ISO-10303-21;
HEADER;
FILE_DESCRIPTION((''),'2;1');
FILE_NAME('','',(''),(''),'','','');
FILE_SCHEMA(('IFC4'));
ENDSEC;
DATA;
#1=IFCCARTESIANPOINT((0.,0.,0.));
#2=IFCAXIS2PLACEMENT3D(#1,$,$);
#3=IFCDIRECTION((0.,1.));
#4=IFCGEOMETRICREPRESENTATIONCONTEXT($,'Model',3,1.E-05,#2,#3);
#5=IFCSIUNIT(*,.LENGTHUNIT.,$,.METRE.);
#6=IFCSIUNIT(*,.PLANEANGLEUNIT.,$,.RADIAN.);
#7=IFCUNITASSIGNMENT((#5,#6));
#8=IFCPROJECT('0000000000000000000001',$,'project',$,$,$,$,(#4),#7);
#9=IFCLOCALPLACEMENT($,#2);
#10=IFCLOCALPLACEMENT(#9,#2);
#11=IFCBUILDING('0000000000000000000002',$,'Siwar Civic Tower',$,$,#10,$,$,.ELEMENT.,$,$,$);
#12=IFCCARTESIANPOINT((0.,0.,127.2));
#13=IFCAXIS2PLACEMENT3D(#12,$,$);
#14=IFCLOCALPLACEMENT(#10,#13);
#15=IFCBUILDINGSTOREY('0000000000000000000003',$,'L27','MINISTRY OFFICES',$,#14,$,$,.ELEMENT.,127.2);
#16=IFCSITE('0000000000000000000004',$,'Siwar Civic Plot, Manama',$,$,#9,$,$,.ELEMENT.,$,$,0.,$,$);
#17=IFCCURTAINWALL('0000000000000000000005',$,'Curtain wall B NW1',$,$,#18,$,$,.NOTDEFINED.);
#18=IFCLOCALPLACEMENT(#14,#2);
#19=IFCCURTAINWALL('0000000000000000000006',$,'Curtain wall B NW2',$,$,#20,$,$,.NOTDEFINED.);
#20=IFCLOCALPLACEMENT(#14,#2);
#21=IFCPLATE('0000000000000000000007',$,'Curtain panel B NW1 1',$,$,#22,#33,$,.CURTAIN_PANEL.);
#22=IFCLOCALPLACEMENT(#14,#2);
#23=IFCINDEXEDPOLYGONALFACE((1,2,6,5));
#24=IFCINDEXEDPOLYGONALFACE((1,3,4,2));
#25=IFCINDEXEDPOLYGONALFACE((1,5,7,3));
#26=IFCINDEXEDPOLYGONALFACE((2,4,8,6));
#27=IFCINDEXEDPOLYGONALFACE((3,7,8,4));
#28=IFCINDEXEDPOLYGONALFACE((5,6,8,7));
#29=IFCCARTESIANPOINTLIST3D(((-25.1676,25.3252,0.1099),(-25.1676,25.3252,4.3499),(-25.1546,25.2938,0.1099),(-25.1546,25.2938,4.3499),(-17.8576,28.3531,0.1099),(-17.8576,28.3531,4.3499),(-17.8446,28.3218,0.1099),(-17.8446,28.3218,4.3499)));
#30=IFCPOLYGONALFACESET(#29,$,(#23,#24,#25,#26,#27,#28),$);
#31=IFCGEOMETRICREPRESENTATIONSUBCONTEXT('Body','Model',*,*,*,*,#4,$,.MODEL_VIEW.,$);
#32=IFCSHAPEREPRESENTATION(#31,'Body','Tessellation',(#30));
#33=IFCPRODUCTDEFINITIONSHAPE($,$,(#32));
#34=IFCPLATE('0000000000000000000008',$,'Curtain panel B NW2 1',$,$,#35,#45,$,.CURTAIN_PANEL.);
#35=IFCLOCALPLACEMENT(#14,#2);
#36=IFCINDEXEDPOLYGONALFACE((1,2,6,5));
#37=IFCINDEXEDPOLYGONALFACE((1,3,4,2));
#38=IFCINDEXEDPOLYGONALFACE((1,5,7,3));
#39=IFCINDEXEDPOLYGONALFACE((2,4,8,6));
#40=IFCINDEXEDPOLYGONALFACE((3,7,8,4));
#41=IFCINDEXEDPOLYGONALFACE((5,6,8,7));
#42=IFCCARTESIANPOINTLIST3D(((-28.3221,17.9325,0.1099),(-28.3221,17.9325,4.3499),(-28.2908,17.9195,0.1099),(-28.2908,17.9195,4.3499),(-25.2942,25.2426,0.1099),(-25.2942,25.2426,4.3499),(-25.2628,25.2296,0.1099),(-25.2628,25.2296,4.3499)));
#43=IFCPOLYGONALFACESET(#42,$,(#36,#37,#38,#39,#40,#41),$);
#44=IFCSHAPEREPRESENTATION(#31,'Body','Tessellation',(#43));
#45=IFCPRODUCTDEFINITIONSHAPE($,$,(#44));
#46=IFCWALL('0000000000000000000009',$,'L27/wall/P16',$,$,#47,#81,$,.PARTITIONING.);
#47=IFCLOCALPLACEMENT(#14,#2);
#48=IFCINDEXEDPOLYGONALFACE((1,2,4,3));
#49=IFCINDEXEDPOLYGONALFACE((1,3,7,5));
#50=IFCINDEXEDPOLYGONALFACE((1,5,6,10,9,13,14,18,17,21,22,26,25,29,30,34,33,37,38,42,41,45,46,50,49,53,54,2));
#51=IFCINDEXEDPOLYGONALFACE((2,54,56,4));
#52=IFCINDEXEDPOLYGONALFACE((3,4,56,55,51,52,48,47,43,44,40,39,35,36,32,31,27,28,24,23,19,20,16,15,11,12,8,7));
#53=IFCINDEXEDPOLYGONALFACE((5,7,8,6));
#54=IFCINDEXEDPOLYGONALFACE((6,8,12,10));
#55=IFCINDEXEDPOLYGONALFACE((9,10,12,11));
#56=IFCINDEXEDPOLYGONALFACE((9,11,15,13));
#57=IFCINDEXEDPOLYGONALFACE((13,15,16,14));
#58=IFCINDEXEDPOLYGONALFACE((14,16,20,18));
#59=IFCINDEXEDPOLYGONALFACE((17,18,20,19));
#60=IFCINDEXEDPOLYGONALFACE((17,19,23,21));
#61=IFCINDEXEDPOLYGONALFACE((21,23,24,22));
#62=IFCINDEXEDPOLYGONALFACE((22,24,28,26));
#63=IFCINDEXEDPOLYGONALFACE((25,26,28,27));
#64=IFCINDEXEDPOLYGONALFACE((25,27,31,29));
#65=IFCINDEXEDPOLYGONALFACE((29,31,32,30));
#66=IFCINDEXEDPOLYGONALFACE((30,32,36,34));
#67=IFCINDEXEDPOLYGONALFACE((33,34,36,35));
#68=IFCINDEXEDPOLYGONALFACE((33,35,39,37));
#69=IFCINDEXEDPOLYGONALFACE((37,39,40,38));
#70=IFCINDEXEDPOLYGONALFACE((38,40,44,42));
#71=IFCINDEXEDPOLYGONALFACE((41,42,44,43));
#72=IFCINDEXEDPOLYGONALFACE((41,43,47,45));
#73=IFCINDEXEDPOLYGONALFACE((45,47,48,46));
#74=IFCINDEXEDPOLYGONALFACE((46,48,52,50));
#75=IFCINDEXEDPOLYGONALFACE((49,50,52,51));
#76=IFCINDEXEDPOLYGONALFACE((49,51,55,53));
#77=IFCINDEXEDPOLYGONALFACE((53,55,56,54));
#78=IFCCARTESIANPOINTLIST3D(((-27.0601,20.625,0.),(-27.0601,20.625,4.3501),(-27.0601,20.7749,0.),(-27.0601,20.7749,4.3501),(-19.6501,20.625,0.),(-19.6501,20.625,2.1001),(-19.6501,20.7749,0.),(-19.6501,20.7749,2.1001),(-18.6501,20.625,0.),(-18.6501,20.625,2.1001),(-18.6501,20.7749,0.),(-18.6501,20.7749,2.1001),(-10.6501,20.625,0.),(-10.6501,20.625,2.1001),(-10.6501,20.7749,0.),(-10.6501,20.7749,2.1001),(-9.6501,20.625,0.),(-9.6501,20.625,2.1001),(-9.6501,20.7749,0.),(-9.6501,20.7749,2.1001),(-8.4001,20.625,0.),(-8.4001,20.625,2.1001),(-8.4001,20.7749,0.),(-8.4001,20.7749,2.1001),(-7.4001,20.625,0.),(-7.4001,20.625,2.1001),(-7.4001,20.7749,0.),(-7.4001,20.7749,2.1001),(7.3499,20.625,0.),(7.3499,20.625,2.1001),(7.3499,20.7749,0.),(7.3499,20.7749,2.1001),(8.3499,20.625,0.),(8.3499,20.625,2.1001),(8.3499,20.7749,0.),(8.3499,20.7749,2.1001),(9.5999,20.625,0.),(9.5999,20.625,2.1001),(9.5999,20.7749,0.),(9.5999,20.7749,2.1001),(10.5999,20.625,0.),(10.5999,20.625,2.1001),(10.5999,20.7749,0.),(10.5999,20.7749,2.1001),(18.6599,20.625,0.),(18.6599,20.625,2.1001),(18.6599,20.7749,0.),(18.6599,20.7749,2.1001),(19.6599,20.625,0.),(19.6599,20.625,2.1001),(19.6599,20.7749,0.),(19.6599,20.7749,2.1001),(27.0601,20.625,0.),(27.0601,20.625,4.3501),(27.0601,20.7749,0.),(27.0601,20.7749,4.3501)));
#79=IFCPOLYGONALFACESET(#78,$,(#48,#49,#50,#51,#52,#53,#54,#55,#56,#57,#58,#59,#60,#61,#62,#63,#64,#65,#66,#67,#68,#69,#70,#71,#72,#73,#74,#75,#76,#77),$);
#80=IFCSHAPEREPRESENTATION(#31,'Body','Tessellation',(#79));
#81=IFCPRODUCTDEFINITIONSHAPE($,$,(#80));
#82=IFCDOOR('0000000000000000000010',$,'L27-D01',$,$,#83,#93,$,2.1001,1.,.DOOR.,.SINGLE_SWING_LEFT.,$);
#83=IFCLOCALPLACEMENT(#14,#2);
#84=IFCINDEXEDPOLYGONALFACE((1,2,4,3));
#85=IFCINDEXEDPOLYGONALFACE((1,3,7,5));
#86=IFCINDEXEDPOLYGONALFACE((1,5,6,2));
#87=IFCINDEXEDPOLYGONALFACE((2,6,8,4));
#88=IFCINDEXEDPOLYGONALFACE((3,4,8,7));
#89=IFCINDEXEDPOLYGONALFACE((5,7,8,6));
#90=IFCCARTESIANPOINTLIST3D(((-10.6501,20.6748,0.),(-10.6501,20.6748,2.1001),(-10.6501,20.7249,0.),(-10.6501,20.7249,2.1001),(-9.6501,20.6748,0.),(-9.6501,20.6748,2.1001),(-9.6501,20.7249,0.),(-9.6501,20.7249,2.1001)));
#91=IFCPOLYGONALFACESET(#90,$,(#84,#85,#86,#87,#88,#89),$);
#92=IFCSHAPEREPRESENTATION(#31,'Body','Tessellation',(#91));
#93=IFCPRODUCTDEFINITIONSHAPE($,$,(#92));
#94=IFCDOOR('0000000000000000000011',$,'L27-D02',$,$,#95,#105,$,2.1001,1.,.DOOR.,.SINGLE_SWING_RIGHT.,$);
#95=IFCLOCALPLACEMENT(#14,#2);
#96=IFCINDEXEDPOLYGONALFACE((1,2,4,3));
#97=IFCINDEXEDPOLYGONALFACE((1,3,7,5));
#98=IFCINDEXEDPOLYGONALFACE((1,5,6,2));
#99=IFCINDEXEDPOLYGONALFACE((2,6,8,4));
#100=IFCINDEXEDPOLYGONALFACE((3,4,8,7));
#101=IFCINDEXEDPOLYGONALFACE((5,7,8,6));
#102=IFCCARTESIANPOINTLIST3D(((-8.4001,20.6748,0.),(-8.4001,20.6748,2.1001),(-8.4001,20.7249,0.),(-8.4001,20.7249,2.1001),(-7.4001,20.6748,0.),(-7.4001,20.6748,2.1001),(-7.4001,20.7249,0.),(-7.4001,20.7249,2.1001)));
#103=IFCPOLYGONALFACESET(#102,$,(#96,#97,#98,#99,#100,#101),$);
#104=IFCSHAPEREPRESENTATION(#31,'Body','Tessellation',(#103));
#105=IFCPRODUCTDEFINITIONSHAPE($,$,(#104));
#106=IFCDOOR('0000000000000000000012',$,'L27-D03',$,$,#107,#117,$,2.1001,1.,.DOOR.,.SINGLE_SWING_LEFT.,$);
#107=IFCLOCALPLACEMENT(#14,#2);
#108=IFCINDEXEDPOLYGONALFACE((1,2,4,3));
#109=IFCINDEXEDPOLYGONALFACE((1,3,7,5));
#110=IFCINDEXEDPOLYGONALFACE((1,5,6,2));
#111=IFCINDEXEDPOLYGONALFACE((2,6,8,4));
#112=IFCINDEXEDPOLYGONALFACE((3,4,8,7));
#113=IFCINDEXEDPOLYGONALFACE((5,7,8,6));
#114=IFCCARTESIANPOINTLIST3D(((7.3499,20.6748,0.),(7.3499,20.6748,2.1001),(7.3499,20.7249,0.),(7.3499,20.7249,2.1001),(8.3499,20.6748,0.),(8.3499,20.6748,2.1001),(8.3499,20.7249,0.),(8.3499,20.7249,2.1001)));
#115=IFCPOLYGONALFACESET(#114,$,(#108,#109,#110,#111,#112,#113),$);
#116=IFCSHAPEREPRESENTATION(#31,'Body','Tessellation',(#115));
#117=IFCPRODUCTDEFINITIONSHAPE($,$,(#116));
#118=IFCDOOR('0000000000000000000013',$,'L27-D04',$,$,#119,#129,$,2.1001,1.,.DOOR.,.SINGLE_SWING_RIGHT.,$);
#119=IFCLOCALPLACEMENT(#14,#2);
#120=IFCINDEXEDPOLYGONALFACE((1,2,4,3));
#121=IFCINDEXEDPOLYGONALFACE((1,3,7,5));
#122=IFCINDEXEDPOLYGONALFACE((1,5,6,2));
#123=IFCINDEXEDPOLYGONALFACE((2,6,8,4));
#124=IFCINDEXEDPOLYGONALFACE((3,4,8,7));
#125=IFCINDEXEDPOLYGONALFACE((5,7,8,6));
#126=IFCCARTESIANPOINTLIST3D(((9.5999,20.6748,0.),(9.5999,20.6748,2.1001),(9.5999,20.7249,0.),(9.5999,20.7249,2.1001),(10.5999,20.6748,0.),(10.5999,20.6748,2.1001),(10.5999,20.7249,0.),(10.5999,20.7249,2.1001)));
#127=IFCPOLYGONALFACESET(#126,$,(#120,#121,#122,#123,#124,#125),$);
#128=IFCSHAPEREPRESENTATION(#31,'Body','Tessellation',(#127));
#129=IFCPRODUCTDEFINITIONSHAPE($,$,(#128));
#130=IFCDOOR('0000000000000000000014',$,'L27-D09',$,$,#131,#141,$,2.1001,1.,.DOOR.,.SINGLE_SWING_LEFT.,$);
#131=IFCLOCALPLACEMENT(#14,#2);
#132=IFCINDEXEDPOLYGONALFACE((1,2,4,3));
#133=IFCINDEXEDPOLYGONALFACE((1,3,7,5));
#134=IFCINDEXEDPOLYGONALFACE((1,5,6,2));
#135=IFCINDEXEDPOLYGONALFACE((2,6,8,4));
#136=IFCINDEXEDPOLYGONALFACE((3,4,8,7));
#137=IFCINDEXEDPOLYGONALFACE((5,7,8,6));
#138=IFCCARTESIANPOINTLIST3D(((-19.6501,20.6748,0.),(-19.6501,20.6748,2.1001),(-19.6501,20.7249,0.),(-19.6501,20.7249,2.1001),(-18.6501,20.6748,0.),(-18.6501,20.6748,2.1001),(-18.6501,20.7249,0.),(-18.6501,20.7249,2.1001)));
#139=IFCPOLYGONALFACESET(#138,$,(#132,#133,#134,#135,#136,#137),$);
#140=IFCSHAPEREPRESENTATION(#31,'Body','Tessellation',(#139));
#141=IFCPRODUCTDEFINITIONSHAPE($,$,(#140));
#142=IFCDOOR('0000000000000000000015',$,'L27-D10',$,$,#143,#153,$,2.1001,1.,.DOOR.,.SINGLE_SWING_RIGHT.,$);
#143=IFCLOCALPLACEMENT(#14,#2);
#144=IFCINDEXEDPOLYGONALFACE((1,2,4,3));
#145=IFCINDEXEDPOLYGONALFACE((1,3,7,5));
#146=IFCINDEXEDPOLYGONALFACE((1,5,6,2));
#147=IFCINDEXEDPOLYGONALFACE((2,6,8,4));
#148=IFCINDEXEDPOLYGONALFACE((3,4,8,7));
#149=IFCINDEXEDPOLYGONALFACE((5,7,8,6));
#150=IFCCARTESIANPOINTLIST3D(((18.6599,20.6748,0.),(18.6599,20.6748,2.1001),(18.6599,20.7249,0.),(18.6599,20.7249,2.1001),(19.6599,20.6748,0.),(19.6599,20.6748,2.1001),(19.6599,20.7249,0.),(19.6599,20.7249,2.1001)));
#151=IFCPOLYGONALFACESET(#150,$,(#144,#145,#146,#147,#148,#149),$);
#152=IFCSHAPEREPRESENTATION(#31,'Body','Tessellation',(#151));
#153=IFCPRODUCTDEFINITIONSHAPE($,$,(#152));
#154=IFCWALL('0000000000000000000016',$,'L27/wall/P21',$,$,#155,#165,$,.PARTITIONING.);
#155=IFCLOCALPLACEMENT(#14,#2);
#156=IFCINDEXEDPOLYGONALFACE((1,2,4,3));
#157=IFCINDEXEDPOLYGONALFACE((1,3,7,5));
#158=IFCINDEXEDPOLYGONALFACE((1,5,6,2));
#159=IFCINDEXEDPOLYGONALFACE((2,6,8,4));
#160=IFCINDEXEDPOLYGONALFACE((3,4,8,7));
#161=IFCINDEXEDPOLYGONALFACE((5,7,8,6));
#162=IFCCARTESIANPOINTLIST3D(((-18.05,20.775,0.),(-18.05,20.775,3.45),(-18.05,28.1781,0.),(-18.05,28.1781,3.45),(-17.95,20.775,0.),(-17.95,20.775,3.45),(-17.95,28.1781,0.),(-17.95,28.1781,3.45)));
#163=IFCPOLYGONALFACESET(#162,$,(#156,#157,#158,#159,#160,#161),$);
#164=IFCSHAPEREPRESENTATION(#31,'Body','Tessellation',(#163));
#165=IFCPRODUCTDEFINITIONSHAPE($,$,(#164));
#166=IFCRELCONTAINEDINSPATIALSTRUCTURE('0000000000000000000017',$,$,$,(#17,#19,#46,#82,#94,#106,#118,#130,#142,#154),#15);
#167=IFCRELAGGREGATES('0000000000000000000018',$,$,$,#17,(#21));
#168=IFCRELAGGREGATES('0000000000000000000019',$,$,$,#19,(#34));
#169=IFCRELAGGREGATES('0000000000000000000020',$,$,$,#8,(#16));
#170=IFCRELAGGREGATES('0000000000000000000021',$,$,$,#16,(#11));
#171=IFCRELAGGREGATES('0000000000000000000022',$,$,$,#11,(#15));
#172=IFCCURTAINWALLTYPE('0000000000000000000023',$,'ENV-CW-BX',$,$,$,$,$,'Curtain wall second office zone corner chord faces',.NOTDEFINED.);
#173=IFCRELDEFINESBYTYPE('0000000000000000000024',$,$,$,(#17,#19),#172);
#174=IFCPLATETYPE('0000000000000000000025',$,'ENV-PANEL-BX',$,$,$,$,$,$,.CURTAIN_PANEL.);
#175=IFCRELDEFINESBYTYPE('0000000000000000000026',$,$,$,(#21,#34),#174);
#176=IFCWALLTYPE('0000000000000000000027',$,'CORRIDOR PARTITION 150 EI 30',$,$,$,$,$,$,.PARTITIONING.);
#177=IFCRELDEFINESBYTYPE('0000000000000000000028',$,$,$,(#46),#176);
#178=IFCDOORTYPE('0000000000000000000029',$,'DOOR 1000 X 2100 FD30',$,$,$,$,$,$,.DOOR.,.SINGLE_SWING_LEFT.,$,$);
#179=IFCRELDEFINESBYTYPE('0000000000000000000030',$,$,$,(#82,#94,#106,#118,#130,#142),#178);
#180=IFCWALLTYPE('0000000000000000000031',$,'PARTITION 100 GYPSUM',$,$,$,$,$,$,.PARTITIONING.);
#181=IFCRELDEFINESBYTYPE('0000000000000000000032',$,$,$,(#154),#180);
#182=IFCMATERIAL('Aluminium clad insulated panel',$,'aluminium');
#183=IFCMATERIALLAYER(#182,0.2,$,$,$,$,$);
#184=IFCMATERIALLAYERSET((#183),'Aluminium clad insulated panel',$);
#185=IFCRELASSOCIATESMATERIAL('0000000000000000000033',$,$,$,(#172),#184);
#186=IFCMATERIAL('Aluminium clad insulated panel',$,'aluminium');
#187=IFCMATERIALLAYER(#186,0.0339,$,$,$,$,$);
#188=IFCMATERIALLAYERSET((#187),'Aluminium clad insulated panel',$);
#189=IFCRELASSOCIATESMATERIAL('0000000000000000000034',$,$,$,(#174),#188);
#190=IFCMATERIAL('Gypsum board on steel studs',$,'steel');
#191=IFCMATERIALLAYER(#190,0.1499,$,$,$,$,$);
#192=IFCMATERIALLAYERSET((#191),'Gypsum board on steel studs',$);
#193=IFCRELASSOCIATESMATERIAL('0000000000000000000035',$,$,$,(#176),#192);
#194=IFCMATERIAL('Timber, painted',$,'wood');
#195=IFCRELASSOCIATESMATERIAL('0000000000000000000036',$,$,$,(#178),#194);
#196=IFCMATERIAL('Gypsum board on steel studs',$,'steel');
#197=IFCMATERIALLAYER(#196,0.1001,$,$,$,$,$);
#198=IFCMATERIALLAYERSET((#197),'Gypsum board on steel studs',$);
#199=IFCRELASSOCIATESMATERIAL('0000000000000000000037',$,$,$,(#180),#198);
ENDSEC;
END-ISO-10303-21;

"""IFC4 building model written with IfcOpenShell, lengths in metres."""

from ifc_helpers import new_model, si_unit, direction, frame, frame_2d, origin, origin_2d, place, context, subcontext, project, spatial, rectangle, extrude, material, layer, layer_set, type_object, element, fill, aggregate, save


model = new_model("IFC4")

# Units and contexts
model_context = context("Model", 3, precision=1e-05, world=origin(), true_north=direction((0.0, 1.0)))
body_context = subcontext(model_context, "Body", "Model", "MODEL_VIEW")
ifc_project = project(units=[si_unit("LENGTHUNIT", "METRE"), si_unit("PLANEANGLEUNIT", "RADIAN")], contexts=[model_context])

# Site, building, storey
site_placement = place(None, origin())
site = spatial("IfcSite", under=ifc_project, at=site_placement, Name="Siwar Civic Plot, Manama", CompositionType="ELEMENT", RefElevation=0.0)
building_placement = place(site_placement, origin())
building = spatial("IfcBuilding", under=site, at=building_placement, Name="Siwar Civic Tower", CompositionType="ELEMENT")
storey_placement = place(building_placement, frame((0.0, 0.0, 127.2)))
storey = spatial("IfcBuildingStorey", under=building, at=storey_placement, Name="L27", Description="MINISTRY OFFICES", CompositionType="ELEMENT", Elevation=127.2)

# Curtain walls
ifc_material_1 = material(Name="Aluminium clad insulated panel", Category="aluminium")
ifc_layer_1 = layer(ifc_material_1, 0.2)
ifc_layer_set_1 = layer_set([ifc_layer_1], Name="Aluminium clad insulated panel")
curtain_wall_type = type_object("IfcCurtainWallType", Name="ENV-CW-BX", ElementType="Curtain wall second office zone corner chord faces", PredefinedType="NOTDEFINED", material=ifc_layer_set_1)
curtain_wall_1_placement = place(storey_placement, origin())
curtain_wall_1 = element("IfcCurtainWall", 1, at=curtain_wall_1_placement, inside=storey, type_object=curtain_wall_type, Name="Curtain wall B NW1", PredefinedType="NOTDEFINED")
curtain_wall_2_placement = place(storey_placement, origin())
curtain_wall_2 = element("IfcCurtainWall", 2, at=curtain_wall_2_placement, inside=storey, type_object=curtain_wall_type, Name="Curtain wall B NW2", PredefinedType="NOTDEFINED")

# Plates
ifc_material_2 = material(Name="Aluminium clad insulated panel", Category="aluminium")
ifc_layer_2 = layer(ifc_material_2, 0.0339)
ifc_layer_set_2 = layer_set([ifc_layer_2], Name="Aluminium clad insulated panel")
plate_type = type_object("IfcPlateType", Name="ENV-PANEL-BX", PredefinedType="CURTAIN_PANEL", material=ifc_layer_set_2)
plate_1_placement = place(storey_placement, frame((-21.5061, 26.8235, 0.1099), z_axis=(0.0, 0.0, 1.0), x_axis=(-0.92388, -0.382683, 0.0)))
plate_1 = element("IfcPlate", 3, at=plate_1_placement, type_object=plate_type, Name="Curtain panel B NW1 1", PredefinedType="CURTAIN_PANEL", context=body_context, shape_type="SweptSolid", body=[
    extrude(rectangle(XDim=7.9124, YDim=0.0339, at=origin_2d()), origin(), (0.0, 0.0, 1.0), 4.24),
])
aggregate(curtain_wall_1, [plate_1])
plate_2_placement = place(storey_placement, frame((-26.7925, 21.5811, 0.1099), z_axis=(0.0, 0.0, 1.0), x_axis=(-0.382683, -0.92388, 0.0)))
plate_2 = element("IfcPlate", 4, at=plate_2_placement, type_object=plate_type, Name="Curtain panel B NW2 1", PredefinedType="CURTAIN_PANEL", context=body_context, shape_type="SweptSolid", body=[
    extrude(rectangle(XDim=7.9124, YDim=0.0339, at=origin_2d()), origin(), (0.0, 0.0, 1.0), 4.24),
])
aggregate(curtain_wall_2, [plate_2])

# Wall, openings, doors
ifc_material_3 = material(Name="Gypsum board on steel studs", Category="steel")
ifc_layer_3 = layer(ifc_material_3, 0.1499)
ifc_layer_set_3 = layer_set([ifc_layer_3], Name="Gypsum board on steel studs")
wall_type_1 = type_object("IfcWallType", Name="CORRIDOR PARTITION 150 EI 30", PredefinedType="PARTITIONING", material=ifc_layer_set_3)
wall_1_placement = place(storey_placement, frame((-27.0601, 20.7, 0.0), z_axis=(0.0, 0.0, 1.0), x_axis=(1.0, 0.0, 0.0)))
wall_1 = element("IfcWall", 5, at=wall_1_placement, inside=storey, type_object=wall_type_1, Name="L27/wall/P16", PredefinedType="PARTITIONING", context=body_context, shape_type="SweptSolid", body=[
    extrude(rectangle(XDim=54.1201, YDim=0.1499, at=frame_2d((27.0601, 0.0))), origin(), (0.0, 0.0, 1.0), 4.3501),
])
opening_1_placement = place(wall_1_placement, frame((16.4099, 0.0, 0.0)))
opening_1 = element("IfcOpeningElement", 6, at=opening_1_placement, cuts=wall_1, PredefinedType="OPENING", context=body_context, shape_type="SweptSolid", body=[
    extrude(rectangle(XDim=1.0, YDim=2.1001, at=frame_2d((0.5, 1.05))), frame((0.0, 0.085, 0.0), z_axis=(0.0, -1.0, 0.0), x_axis=(1.0, 0.0, 0.0)), (0.0, 0.0, 1.0), 0.1699),
])
opening_2_placement = place(wall_1_placement, frame((18.6599, 0.0, 0.0)))
opening_2 = element("IfcOpeningElement", 7, at=opening_2_placement, cuts=wall_1, PredefinedType="OPENING", context=body_context, shape_type="SweptSolid", body=[
    extrude(rectangle(XDim=1.0, YDim=2.1001, at=frame_2d((0.5, 1.05))), frame((0.0, 0.085, 0.0), z_axis=(0.0, -1.0, 0.0), x_axis=(1.0, 0.0, 0.0)), (0.0, 0.0, 1.0), 0.1699),
])
opening_3_placement = place(wall_1_placement, frame((34.4099, 0.0, 0.0)))
opening_3 = element("IfcOpeningElement", 8, at=opening_3_placement, cuts=wall_1, PredefinedType="OPENING", context=body_context, shape_type="SweptSolid", body=[
    extrude(rectangle(XDim=1.0, YDim=2.1001, at=frame_2d((0.5, 1.05))), frame((0.0, 0.085, 0.0), z_axis=(0.0, -1.0, 0.0), x_axis=(1.0, 0.0, 0.0)), (0.0, 0.0, 1.0), 0.1699),
])
opening_4_placement = place(wall_1_placement, frame((36.6599, 0.0, 0.0)))
opening_4 = element("IfcOpeningElement", 9, at=opening_4_placement, cuts=wall_1, PredefinedType="OPENING", context=body_context, shape_type="SweptSolid", body=[
    extrude(rectangle(XDim=1.0, YDim=2.1001, at=frame_2d((0.5, 1.05))), frame((0.0, 0.085, 0.0), z_axis=(0.0, -1.0, 0.0), x_axis=(1.0, 0.0, 0.0)), (0.0, 0.0, 1.0), 0.1699),
])
opening_5_placement = place(wall_1_placement, frame((7.4099, 0.0, 0.0)))
opening_5 = element("IfcOpeningElement", 10, at=opening_5_placement, cuts=wall_1, PredefinedType="OPENING", context=body_context, shape_type="SweptSolid", body=[
    extrude(rectangle(XDim=1.0, YDim=2.1001, at=frame_2d((0.5, 1.05))), frame((0.0, 0.085, 0.0), z_axis=(0.0, -1.0, 0.0), x_axis=(1.0, 0.0, 0.0)), (0.0, 0.0, 1.0), 0.1699),
])
opening_6_placement = place(wall_1_placement, frame((45.72, 0.0, 0.0)))
opening_6 = element("IfcOpeningElement", 11, at=opening_6_placement, cuts=wall_1, PredefinedType="OPENING", context=body_context, shape_type="SweptSolid", body=[
    extrude(rectangle(XDim=1.0, YDim=2.1001, at=frame_2d((0.5, 1.05))), frame((0.0, 0.085, 0.0), z_axis=(0.0, -1.0, 0.0), x_axis=(1.0, 0.0, 0.0)), (0.0, 0.0, 1.0), 0.1699),
])
ifc_material_4 = material(Name="Timber, painted", Category="wood")
door_type = type_object("IfcDoorType", Name="DOOR 1000 X 2100 FD30", OperationType="SINGLE_SWING_LEFT", PredefinedType="DOOR", material=ifc_material_4)
door_1_placement = place(opening_1_placement, origin())
door_1 = element("IfcDoor", 12, at=door_1_placement, inside=storey, type_object=door_type, Name="L27-D01", OperationType="SINGLE_SWING_LEFT", OverallHeight=2.1001, OverallWidth=1.0, PredefinedType="DOOR", context=body_context, shape_type="SweptSolid", body=[
    extrude(rectangle(XDim=1.0, YDim=2.1001, at=frame_2d((0.5, 1.05))), frame((0.0, 0.0249, 0.0), z_axis=(0.0, -1.0, 0.0), x_axis=(1.0, 0.0, 0.0)), (0.0, 0.0, 1.0), 0.05),
])
fill(opening_1, door_1)
door_2_placement = place(opening_2_placement, origin())
door_2 = element("IfcDoor", 13, at=door_2_placement, inside=storey, type_object=door_type, Name="L27-D02", OperationType="SINGLE_SWING_RIGHT", OverallHeight=2.1001, OverallWidth=1.0, PredefinedType="DOOR", context=body_context, shape_type="SweptSolid", body=[
    extrude(rectangle(XDim=1.0, YDim=2.1001, at=frame_2d((0.5, 1.05))), frame((0.0, 0.0249, 0.0), z_axis=(0.0, -1.0, 0.0), x_axis=(1.0, 0.0, 0.0)), (0.0, 0.0, 1.0), 0.05),
])
fill(opening_2, door_2)
door_3_placement = place(opening_3_placement, origin())
door_3 = element("IfcDoor", 14, at=door_3_placement, inside=storey, type_object=door_type, Name="L27-D03", OperationType="SINGLE_SWING_LEFT", OverallHeight=2.1001, OverallWidth=1.0, PredefinedType="DOOR", context=body_context, shape_type="SweptSolid", body=[
    extrude(rectangle(XDim=1.0, YDim=2.1001, at=frame_2d((0.5, 1.05))), frame((0.0, 0.0249, 0.0), z_axis=(0.0, -1.0, 0.0), x_axis=(1.0, 0.0, 0.0)), (0.0, 0.0, 1.0), 0.05),
])
fill(opening_3, door_3)
door_4_placement = place(opening_4_placement, origin())
door_4 = element("IfcDoor", 15, at=door_4_placement, inside=storey, type_object=door_type, Name="L27-D04", OperationType="SINGLE_SWING_RIGHT", OverallHeight=2.1001, OverallWidth=1.0, PredefinedType="DOOR", context=body_context, shape_type="SweptSolid", body=[
    extrude(rectangle(XDim=1.0, YDim=2.1001, at=frame_2d((0.5, 1.05))), frame((0.0, 0.0249, 0.0), z_axis=(0.0, -1.0, 0.0), x_axis=(1.0, 0.0, 0.0)), (0.0, 0.0, 1.0), 0.05),
])
fill(opening_4, door_4)
door_5_placement = place(opening_5_placement, origin())
door_5 = element("IfcDoor", 16, at=door_5_placement, inside=storey, type_object=door_type, Name="L27-D09", OperationType="SINGLE_SWING_LEFT", OverallHeight=2.1001, OverallWidth=1.0, PredefinedType="DOOR", context=body_context, shape_type="SweptSolid", body=[
    extrude(rectangle(XDim=1.0, YDim=2.1001, at=frame_2d((0.5, 1.05))), frame((0.0, 0.0249, 0.0), z_axis=(0.0, -1.0, 0.0), x_axis=(1.0, 0.0, 0.0)), (0.0, 0.0, 1.0), 0.05),
])
fill(opening_5, door_5)
door_6_placement = place(opening_6_placement, origin())
door_6 = element("IfcDoor", 17, at=door_6_placement, inside=storey, type_object=door_type, Name="L27-D10", OperationType="SINGLE_SWING_RIGHT", OverallHeight=2.1001, OverallWidth=1.0, PredefinedType="DOOR", context=body_context, shape_type="SweptSolid", body=[
    extrude(rectangle(XDim=1.0, YDim=2.1001, at=frame_2d((0.5, 1.05))), frame((0.0, 0.0249, 0.0), z_axis=(0.0, -1.0, 0.0), x_axis=(1.0, 0.0, 0.0)), (0.0, 0.0, 1.0), 0.05),
])
fill(opening_6, door_6)

# Wall
ifc_material_5 = material(Name="Gypsum board on steel studs", Category="steel")
ifc_layer_4 = layer(ifc_material_5, 0.1001)
ifc_layer_set_4 = layer_set([ifc_layer_4], Name="Gypsum board on steel studs")
wall_type_2 = type_object("IfcWallType", Name="PARTITION 100 GYPSUM", PredefinedType="PARTITIONING", material=ifc_layer_set_4)
wall_2_placement = place(storey_placement, frame((-18.0, 20.7749, 0.0), z_axis=(0.0, 0.0, 1.0), x_axis=(0.0, 1.0, 0.0)))
element("IfcWall", 18, at=wall_2_placement, inside=storey, type_object=wall_type_2, Name="L27/wall/P21", PredefinedType="PARTITIONING", context=body_context, shape_type="SweptSolid", body=[
    extrude(rectangle(XDim=7.4031, YDim=0.1001, at=frame_2d((3.7017, 0.0))), origin(), (0.0, 0.0, 1.0), 3.45),
])

save(model, "model.ifc")
